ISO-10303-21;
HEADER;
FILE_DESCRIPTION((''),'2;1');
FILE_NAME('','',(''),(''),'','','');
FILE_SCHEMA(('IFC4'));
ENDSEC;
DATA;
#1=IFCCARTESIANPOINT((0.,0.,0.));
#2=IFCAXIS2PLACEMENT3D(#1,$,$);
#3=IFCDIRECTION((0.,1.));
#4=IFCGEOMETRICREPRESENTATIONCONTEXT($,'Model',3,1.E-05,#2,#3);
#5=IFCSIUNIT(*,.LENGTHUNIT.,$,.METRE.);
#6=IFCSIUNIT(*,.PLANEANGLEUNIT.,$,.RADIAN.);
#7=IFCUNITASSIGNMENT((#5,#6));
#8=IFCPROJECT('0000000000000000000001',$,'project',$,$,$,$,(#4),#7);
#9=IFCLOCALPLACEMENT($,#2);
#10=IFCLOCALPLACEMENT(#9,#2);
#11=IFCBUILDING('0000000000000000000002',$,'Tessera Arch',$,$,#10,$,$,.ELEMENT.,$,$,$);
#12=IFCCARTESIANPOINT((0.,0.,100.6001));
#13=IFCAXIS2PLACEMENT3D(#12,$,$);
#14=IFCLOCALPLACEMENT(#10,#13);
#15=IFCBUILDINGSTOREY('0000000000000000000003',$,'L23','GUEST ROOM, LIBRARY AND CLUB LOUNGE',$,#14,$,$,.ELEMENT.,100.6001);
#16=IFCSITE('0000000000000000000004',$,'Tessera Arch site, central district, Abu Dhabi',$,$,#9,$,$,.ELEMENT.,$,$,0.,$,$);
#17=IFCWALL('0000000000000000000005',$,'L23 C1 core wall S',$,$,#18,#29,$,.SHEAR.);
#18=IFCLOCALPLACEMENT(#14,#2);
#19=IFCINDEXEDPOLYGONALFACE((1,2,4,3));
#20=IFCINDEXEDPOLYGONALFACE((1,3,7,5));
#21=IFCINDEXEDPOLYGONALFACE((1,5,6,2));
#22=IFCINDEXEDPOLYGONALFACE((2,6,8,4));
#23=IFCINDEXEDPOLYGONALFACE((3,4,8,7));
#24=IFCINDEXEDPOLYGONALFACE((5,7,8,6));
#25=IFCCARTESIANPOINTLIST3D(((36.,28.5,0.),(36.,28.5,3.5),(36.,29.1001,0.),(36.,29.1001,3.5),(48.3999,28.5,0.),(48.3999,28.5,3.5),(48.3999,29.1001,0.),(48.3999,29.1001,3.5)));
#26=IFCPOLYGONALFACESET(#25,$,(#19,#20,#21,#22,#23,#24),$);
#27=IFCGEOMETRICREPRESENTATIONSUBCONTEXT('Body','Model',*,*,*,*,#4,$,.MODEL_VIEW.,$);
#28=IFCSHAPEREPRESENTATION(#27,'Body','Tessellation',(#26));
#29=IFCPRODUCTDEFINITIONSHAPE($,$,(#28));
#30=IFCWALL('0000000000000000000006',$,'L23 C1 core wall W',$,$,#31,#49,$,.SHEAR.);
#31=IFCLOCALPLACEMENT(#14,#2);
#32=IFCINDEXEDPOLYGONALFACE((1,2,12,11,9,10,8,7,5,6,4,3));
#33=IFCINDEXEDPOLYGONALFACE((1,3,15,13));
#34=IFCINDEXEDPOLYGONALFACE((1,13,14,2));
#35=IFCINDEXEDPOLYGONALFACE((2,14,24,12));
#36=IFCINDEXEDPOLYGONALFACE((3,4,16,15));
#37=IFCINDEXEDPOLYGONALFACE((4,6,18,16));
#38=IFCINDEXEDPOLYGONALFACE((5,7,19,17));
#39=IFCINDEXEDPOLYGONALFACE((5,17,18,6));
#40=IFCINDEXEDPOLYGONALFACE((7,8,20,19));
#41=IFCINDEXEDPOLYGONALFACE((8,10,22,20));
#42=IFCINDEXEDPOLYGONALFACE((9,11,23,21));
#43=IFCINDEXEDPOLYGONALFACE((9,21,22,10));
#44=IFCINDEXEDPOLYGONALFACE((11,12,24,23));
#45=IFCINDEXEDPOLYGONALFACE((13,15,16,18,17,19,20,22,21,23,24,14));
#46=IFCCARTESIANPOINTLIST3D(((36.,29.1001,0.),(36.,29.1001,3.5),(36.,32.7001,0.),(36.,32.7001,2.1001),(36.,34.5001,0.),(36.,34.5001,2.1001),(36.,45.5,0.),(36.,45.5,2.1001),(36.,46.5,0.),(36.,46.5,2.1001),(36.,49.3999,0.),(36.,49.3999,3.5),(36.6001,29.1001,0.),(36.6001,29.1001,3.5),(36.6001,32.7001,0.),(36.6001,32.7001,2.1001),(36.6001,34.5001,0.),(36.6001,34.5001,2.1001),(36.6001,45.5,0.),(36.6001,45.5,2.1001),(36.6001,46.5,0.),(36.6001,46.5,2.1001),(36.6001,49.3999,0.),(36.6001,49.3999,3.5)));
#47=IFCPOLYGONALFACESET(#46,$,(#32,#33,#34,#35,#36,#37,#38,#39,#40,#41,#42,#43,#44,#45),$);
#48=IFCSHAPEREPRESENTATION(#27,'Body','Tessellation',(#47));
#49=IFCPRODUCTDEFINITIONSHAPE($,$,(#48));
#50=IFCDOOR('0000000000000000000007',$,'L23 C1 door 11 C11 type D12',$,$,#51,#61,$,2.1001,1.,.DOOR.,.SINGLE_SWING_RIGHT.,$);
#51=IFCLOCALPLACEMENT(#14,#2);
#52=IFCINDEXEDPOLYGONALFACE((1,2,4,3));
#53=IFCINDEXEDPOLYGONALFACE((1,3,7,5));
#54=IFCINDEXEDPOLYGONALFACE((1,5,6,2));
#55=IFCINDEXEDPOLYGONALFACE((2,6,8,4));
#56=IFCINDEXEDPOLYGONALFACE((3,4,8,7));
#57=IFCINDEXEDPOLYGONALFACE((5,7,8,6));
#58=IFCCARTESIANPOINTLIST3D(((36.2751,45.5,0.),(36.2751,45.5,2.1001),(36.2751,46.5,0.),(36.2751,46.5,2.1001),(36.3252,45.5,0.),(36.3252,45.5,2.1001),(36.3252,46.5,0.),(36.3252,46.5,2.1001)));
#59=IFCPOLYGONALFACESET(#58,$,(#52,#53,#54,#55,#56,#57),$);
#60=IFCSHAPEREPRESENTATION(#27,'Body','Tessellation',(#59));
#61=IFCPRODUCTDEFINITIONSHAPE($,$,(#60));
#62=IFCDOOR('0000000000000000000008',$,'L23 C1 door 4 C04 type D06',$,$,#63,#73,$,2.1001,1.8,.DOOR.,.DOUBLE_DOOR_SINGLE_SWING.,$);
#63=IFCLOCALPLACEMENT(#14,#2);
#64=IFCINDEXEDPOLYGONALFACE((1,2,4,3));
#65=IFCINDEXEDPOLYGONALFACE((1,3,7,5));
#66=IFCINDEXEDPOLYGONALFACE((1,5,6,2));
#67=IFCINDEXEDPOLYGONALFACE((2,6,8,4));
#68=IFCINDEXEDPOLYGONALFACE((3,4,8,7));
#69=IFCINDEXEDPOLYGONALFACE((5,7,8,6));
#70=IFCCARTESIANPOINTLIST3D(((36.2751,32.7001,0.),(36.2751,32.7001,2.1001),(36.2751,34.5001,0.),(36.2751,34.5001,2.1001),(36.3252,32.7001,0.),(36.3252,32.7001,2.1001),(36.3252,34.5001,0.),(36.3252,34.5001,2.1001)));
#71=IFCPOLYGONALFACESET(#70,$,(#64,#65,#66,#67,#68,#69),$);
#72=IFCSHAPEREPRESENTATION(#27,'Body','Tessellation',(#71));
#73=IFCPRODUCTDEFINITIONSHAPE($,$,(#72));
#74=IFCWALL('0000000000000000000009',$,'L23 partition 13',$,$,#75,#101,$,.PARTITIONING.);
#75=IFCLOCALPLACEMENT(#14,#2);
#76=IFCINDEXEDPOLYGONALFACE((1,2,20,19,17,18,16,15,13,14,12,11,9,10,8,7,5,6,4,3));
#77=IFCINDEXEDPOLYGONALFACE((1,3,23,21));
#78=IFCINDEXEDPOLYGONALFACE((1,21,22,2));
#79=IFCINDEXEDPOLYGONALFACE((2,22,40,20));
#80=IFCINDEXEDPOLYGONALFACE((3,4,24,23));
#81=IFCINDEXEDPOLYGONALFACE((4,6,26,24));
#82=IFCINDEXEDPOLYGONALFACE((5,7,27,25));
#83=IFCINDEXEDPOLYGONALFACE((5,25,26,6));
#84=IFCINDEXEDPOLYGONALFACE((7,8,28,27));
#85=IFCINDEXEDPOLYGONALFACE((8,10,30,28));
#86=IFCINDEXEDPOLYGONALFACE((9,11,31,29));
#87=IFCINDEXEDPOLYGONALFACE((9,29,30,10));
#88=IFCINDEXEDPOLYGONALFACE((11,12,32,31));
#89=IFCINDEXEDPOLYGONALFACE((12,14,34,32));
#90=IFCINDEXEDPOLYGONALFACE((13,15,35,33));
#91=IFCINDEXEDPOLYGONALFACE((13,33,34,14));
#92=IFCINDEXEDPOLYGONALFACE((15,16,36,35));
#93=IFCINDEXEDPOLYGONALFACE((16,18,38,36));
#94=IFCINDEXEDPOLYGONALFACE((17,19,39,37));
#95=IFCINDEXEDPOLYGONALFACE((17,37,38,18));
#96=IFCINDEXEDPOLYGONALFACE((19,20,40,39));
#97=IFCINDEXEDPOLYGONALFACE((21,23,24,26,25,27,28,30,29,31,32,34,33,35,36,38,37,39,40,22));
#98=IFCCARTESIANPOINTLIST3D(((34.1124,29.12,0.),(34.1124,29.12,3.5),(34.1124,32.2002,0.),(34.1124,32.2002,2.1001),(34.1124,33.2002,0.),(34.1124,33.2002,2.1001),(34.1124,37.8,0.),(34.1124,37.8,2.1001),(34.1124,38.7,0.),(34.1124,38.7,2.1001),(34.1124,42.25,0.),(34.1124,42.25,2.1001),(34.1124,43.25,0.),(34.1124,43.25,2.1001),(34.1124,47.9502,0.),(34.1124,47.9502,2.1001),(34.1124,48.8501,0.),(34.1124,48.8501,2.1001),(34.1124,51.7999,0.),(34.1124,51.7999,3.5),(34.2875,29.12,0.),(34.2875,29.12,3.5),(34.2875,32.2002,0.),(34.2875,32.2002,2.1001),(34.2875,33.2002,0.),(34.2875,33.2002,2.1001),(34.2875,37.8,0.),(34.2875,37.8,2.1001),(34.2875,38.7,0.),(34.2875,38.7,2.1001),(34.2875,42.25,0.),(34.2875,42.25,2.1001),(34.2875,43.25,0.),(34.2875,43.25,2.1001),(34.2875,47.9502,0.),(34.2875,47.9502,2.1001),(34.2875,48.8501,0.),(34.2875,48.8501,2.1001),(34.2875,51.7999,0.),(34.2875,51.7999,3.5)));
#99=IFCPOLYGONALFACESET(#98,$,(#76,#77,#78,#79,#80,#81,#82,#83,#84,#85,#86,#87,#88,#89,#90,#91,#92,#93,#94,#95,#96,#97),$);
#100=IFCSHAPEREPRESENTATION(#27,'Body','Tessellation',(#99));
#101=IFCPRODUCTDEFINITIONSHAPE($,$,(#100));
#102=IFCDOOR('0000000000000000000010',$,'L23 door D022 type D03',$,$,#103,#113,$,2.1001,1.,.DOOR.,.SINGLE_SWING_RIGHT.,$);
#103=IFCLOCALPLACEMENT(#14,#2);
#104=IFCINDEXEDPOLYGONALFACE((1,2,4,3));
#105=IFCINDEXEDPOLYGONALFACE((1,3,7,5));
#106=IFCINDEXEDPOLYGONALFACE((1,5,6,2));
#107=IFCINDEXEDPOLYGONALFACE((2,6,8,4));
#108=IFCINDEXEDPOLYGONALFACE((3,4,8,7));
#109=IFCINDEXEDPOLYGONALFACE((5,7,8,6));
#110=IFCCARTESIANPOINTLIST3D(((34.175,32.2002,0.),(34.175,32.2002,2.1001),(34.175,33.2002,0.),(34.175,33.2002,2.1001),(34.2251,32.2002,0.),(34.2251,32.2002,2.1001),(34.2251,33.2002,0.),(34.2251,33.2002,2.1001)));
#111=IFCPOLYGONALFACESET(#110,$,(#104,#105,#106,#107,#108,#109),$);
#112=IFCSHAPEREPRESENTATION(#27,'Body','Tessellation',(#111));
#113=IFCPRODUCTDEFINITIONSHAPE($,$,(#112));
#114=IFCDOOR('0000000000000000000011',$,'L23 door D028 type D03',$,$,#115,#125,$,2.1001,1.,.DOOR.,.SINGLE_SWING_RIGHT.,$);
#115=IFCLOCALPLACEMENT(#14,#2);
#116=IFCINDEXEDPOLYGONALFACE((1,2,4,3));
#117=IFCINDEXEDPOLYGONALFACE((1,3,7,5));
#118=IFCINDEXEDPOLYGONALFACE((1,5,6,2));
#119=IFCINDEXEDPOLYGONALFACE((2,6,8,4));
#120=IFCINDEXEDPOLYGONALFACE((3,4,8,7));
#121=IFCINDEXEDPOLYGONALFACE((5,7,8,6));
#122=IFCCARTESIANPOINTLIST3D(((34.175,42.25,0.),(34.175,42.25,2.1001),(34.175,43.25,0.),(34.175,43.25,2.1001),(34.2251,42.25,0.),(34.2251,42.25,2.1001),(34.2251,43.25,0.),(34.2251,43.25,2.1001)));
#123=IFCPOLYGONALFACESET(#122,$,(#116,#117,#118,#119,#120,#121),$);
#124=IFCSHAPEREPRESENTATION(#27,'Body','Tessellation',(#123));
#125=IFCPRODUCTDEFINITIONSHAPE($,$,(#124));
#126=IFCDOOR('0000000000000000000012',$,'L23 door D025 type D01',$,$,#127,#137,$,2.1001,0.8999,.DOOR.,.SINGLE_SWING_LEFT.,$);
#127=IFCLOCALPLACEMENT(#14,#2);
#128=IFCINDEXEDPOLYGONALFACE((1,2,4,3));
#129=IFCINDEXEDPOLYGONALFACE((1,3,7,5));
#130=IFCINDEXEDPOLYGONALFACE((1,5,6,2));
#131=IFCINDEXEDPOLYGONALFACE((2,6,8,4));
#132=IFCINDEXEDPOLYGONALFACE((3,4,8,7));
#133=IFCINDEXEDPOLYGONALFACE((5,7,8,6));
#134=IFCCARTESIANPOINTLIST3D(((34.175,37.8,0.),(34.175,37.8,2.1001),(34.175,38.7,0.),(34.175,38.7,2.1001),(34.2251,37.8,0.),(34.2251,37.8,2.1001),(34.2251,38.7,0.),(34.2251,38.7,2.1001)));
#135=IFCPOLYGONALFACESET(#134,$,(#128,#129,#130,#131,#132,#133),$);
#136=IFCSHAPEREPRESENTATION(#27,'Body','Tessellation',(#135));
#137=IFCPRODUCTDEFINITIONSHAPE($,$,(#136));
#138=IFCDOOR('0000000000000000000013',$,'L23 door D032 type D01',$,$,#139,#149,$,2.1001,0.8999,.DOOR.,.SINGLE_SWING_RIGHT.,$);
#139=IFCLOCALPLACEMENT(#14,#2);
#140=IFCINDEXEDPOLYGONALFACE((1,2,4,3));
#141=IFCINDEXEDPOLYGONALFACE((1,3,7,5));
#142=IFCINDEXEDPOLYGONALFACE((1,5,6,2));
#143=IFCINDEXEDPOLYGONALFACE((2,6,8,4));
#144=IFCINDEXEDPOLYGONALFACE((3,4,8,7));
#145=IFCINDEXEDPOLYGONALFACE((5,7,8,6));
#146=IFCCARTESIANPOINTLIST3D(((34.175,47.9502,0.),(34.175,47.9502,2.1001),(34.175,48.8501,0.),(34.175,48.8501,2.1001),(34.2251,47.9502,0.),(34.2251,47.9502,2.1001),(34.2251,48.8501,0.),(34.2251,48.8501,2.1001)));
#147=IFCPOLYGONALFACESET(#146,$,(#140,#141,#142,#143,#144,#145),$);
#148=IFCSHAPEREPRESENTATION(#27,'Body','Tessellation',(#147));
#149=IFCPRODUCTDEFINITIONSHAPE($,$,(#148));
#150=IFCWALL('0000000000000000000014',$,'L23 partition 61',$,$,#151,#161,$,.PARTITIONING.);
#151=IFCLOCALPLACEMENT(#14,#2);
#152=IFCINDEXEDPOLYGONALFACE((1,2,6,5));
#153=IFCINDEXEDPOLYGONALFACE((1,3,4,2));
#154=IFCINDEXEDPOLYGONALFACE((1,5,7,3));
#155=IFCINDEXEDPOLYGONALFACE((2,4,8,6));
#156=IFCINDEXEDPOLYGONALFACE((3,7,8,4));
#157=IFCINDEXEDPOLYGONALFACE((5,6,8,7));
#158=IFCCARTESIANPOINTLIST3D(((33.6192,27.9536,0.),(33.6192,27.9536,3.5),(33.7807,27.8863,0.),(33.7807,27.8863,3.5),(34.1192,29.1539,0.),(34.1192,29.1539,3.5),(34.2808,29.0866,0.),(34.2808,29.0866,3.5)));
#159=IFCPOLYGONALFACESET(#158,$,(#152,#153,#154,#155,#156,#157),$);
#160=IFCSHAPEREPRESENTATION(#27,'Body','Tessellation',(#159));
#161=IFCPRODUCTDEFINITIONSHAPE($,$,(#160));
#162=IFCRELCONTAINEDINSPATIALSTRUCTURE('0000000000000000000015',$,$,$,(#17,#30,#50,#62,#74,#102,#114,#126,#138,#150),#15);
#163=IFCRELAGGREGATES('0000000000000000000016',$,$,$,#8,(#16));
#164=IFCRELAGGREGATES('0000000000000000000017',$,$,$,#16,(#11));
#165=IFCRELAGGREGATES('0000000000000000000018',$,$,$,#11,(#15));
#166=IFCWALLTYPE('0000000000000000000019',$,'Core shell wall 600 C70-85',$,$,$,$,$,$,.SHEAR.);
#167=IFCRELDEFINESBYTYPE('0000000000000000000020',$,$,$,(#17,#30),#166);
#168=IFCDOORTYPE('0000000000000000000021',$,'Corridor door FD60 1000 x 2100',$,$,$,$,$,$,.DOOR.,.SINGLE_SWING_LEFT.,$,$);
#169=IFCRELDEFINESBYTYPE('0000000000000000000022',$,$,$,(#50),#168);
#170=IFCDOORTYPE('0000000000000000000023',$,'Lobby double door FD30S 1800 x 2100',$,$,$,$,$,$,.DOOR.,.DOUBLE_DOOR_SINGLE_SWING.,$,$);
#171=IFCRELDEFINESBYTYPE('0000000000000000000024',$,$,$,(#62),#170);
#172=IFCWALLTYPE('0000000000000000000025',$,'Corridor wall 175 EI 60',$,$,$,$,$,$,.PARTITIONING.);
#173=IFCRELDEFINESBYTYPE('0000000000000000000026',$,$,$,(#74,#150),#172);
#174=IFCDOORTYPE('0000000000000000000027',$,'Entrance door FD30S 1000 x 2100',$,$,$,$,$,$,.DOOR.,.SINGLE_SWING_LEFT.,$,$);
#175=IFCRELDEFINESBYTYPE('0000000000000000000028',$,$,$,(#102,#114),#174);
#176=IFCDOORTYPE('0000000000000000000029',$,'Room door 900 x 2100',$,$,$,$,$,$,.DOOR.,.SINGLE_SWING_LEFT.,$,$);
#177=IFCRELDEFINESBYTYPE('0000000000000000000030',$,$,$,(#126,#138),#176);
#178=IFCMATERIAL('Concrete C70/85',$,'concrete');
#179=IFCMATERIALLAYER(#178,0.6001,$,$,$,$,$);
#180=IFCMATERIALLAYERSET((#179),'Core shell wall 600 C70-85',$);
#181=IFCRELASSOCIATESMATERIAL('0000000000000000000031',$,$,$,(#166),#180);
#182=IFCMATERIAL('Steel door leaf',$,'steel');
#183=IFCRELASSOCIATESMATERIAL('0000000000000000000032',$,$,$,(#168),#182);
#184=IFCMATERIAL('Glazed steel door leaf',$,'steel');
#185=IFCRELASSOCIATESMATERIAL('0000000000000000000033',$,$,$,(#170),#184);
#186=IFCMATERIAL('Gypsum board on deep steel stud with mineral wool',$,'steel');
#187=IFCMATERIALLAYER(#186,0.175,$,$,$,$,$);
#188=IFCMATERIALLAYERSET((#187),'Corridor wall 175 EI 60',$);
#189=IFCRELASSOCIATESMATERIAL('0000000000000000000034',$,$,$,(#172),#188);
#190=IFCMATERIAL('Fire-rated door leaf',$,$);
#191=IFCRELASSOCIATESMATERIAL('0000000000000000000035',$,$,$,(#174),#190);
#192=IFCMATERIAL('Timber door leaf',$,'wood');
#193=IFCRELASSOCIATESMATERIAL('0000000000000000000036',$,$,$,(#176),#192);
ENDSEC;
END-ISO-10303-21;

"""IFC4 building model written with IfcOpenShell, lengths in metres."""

from ifc_helpers import new_model, si_unit, direction, frame, frame_2d, origin, place, context, subcontext, project, spatial, rectangle, extrude, material, layer, layer_set, type_object, element, fill, save


model = new_model("IFC4")

# Units and contexts
model_context = context("Model", 3, precision=1e-05, world=origin(), true_north=direction((0.0, 1.0)))
body_context = subcontext(model_context, "Body", "Model", "MODEL_VIEW")
ifc_project = project(units=[si_unit("LENGTHUNIT", "METRE"), si_unit("PLANEANGLEUNIT", "RADIAN")], contexts=[model_context])

# Site, building, storey
site_placement = place(None, origin())
site = spatial("IfcSite", under=ifc_project, at=site_placement, Name="Tessera Arch site, central district, Abu Dhabi", CompositionType="ELEMENT", RefElevation=0.0)
building_placement = place(site_placement, origin())
building = spatial("IfcBuilding", under=site, at=building_placement, Name="Tessera Arch", CompositionType="ELEMENT")
storey_placement = place(building_placement, frame((0.0, 0.0, 100.6001)))
storey = spatial("IfcBuildingStorey", under=building, at=storey_placement, Name="L23", Description="GUEST ROOM, LIBRARY AND CLUB LOUNGE", CompositionType="ELEMENT", Elevation=100.6001)

# Wall
ifc_material_1 = material(Name="Concrete C70/85", Category="concrete")
ifc_layer_1 = layer(ifc_material_1, 0.6001)
ifc_layer_set_1 = layer_set([ifc_layer_1], Name="Core shell wall 600 C70-85")
wall_type_1 = type_object("IfcWallType", Name="Core shell wall 600 C70-85", PredefinedType="SHEAR", material=ifc_layer_set_1)
wall_1_placement = place(storey_placement, frame((36.0, 28.8, 0.0), z_axis=(0.0, 0.0, 1.0), x_axis=(1.0, 0.0, 0.0)))
element("IfcWall", 1, at=wall_1_placement, inside=storey, type_object=wall_type_1, Name="L23 C1 core wall S", PredefinedType="SHEAR", context=body_context, shape_type="SweptSolid", body=[
    extrude(rectangle(XDim=12.3999, YDim=0.6001, at=frame_2d((6.2, 0.0))), origin(), (0.0, 0.0, 1.0), 3.5),
])

# Walls, openings, doors
wall_2_placement = place(storey_placement, frame((36.3, 29.1001, 0.0), z_axis=(0.0, 0.0, 1.0), x_axis=(0.0, 1.0, 0.0)))
wall_2 = element("IfcWall", 2, at=wall_2_placement, inside=storey, type_object=wall_type_1, Name="L23 C1 core wall W", PredefinedType="SHEAR", context=body_context, shape_type="SweptSolid", body=[
    extrude(rectangle(XDim=20.2998, YDim=0.6001, at=frame_2d((10.1499, 0.0))), origin(), (0.0, 0.0, 1.0), 3.5),
])
opening_1_placement = place(wall_2_placement, frame((3.6001, 0.0, 0.0)))
opening_1 = element("IfcOpeningElement", 3, at=opening_1_placement, cuts=wall_2, PredefinedType="OPENING", context=body_context, shape_type="SweptSolid", body=[
    extrude(rectangle(XDim=1.8, YDim=2.1001, at=frame_2d((0.8999, 1.05))), frame((0.0, 0.3101, 0.0), z_axis=(0.0, -1.0, 0.0), x_axis=(1.0, 0.0, 0.0)), (0.0, 0.0, 1.0), 0.6201),
])
opening_2_placement = place(wall_2_placement, frame((16.3999, 0.0, 0.0)))
opening_2 = element("IfcOpeningElement", 4, at=opening_2_placement, cuts=wall_2, PredefinedType="OPENING", context=body_context, shape_type="SweptSolid", body=[
    extrude(rectangle(XDim=1.0, YDim=2.1001, at=frame_2d((0.5, 1.05))), frame((0.0, 0.3101, 0.0), z_axis=(0.0, -1.0, 0.0), x_axis=(1.0, 0.0, 0.0)), (0.0, 0.0, 1.0), 0.6201),
])
ifc_material_2 = material(Name="Steel door leaf", Category="steel")
door_type_1 = type_object("IfcDoorType", Name="Corridor door FD60 1000 x 2100", OperationType="SINGLE_SWING_LEFT", PredefinedType="DOOR", material=ifc_material_2)
door_1_placement = place(opening_2_placement, origin())
door_1 = element("IfcDoor", 5, at=door_1_placement, inside=storey, type_object=door_type_1, Name="L23 C1 door 11 C11 type D12", OperationType="SINGLE_SWING_RIGHT", OverallHeight=2.1001, OverallWidth=1.0, PredefinedType="DOOR", context=body_context, shape_type="SweptSolid", body=[
    extrude(rectangle(XDim=1.0, YDim=2.1001, at=frame_2d((0.5, 1.05))), frame((0.0, 0.0249, 0.0), z_axis=(0.0, -1.0, 0.0), x_axis=(1.0, 0.0, 0.0)), (0.0, 0.0, 1.0), 0.05),
])
fill(opening_2, door_1)
ifc_material_3 = material(Name="Glazed steel door leaf", Category="steel")
door_type_2 = type_object("IfcDoorType", Name="Lobby double door FD30S 1800 x 2100", OperationType="DOUBLE_DOOR_SINGLE_SWING", PredefinedType="DOOR", material=ifc_material_3)
door_2_placement = place(opening_1_placement, origin())
door_2 = element("IfcDoor", 6, at=door_2_placement, inside=storey, type_object=door_type_2, Name="L23 C1 door 4 C04 type D06", OperationType="DOUBLE_DOOR_SINGLE_SWING", OverallHeight=2.1001, OverallWidth=1.8, PredefinedType="DOOR", context=body_context, shape_type="SweptSolid", body=[
    extrude(rectangle(XDim=1.8, YDim=2.1001, at=frame_2d((0.8999, 1.05))), frame((0.0, 0.0249, 0.0), z_axis=(0.0, -1.0, 0.0), x_axis=(1.0, 0.0, 0.0)), (0.0, 0.0, 1.0), 0.05),
])
fill(opening_1, door_2)
ifc_material_4 = material(Name="Gypsum board on deep steel stud with mineral wool", Category="steel")
ifc_layer_2 = layer(ifc_material_4, 0.175)
ifc_layer_set_2 = layer_set([ifc_layer_2], Name="Corridor wall 175 EI 60")
wall_type_2 = type_object("IfcWallType", Name="Corridor wall 175 EI 60", PredefinedType="PARTITIONING", material=ifc_layer_set_2)
wall_3_placement = place(storey_placement, frame((34.2, 29.1201, 0.0), z_axis=(0.0, 0.0, 1.0), x_axis=(0.0, 1.0, 0.0)))
wall_3 = element("IfcWall", 7, at=wall_3_placement, inside=storey, type_object=wall_type_2, Name="L23 partition 13", PredefinedType="PARTITIONING", context=body_context, shape_type="SweptSolid", body=[
    extrude(rectangle(XDim=22.6799, YDim=0.175, at=frame_2d((11.3398, 0.0))), origin(), (0.0, 0.0, 1.0), 3.5),
])
opening_3_placement = place(wall_3_placement, frame((3.0801, 0.0, 0.0)))
opening_3 = element("IfcOpeningElement", 8, at=opening_3_placement, cuts=wall_3, PredefinedType="OPENING", context=body_context, shape_type="SweptSolid", body=[
    extrude(rectangle(XDim=1.0, YDim=2.1001, at=frame_2d((0.5, 1.05))), frame((0.0, 0.0974, 0.0), z_axis=(0.0, -1.0, 0.0), x_axis=(1.0, 0.0, 0.0)), (0.0, 0.0, 1.0), 0.1951),
])
opening_4_placement = place(wall_3_placement, frame((8.6799, 0.0, 0.0)))
opening_4 = element("IfcOpeningElement", 9, at=opening_4_placement, cuts=wall_3, PredefinedType="OPENING", context=body_context, shape_type="SweptSolid", body=[
    extrude(rectangle(XDim=0.8999, YDim=2.1001, at=frame_2d((0.45, 1.05))), frame((0.0, 0.0974, 0.0), z_axis=(0.0, -1.0, 0.0), x_axis=(1.0, 0.0, 0.0)), (0.0, 0.0, 1.0), 0.1951),
])
opening_5_placement = place(wall_3_placement, frame((13.1299, 0.0, 0.0)))
opening_5 = element("IfcOpeningElement", 10, at=opening_5_placement, cuts=wall_3, PredefinedType="OPENING", context=body_context, shape_type="SweptSolid", body=[
    extrude(rectangle(XDim=1.0, YDim=2.1001, at=frame_2d((0.5, 1.05))), frame((0.0, 0.0974, 0.0), z_axis=(0.0, -1.0, 0.0), x_axis=(1.0, 0.0, 0.0)), (0.0, 0.0, 1.0), 0.1951),
])
opening_6_placement = place(wall_3_placement, frame((18.8301, 0.0, 0.0)))
opening_6 = element("IfcOpeningElement", 11, at=opening_6_placement, cuts=wall_3, PredefinedType="OPENING", context=body_context, shape_type="SweptSolid", body=[
    extrude(rectangle(XDim=0.8999, YDim=2.1001, at=frame_2d((0.45, 1.05))), frame((0.0, 0.0974, 0.0), z_axis=(0.0, -1.0, 0.0), x_axis=(1.0, 0.0, 0.0)), (0.0, 0.0, 1.0), 0.1951),
])
ifc_material_5 = material(Name="Fire-rated door leaf")
door_type_3 = type_object("IfcDoorType", Name="Entrance door FD30S 1000 x 2100", OperationType="SINGLE_SWING_LEFT", PredefinedType="DOOR", material=ifc_material_5)
door_3_placement = place(opening_3_placement, origin())
door_3 = element("IfcDoor", 12, at=door_3_placement, inside=storey, type_object=door_type_3, Name="L23 door D022 type D03", OperationType="SINGLE_SWING_RIGHT", OverallHeight=2.1001, OverallWidth=1.0, PredefinedType="DOOR", context=body_context, shape_type="SweptSolid", body=[
    extrude(rectangle(XDim=1.0, YDim=2.1001, at=frame_2d((0.5, 1.05))), frame((0.0, 0.0249, 0.0), z_axis=(0.0, -1.0, 0.0), x_axis=(1.0, 0.0, 0.0)), (0.0, 0.0, 1.0), 0.05),
])
fill(opening_3, door_3)
door_4_placement = place(opening_5_placement, origin())
door_4 = element("IfcDoor", 13, at=door_4_placement, inside=storey, type_object=door_type_3, Name="L23 door D028 type D03", OperationType="SINGLE_SWING_RIGHT", OverallHeight=2.1001, OverallWidth=1.0, PredefinedType="DOOR", context=body_context, shape_type="SweptSolid", body=[
    extrude(rectangle(XDim=1.0, YDim=2.1001, at=frame_2d((0.5, 1.05))), frame((0.0, 0.0249, 0.0), z_axis=(0.0, -1.0, 0.0), x_axis=(1.0, 0.0, 0.0)), (0.0, 0.0, 1.0), 0.05),
])
fill(opening_5, door_4)
ifc_material_6 = material(Name="Timber door leaf", Category="wood")
door_type_4 = type_object("IfcDoorType", Name="Room door 900 x 2100", OperationType="SINGLE_SWING_LEFT", PredefinedType="DOOR", material=ifc_material_6)
door_5_placement = place(opening_4_placement, origin())
door_5 = element("IfcDoor", 14, at=door_5_placement, inside=storey, type_object=door_type_4, Name="L23 door D025 type D01", OperationType="SINGLE_SWING_LEFT", OverallHeight=2.1001, OverallWidth=0.8999, PredefinedType="DOOR", context=body_context, shape_type="SweptSolid", body=[
    extrude(rectangle(XDim=0.8999, YDim=2.1001, at=frame_2d((0.45, 1.05))), frame((0.0, 0.0249, 0.0), z_axis=(0.0, -1.0, 0.0), x_axis=(1.0, 0.0, 0.0)), (0.0, 0.0, 1.0), 0.05),
])
fill(opening_4, door_5)
door_6_placement = place(opening_6_placement, origin())
door_6 = element("IfcDoor", 15, at=door_6_placement, inside=storey, type_object=door_type_4, Name="L23 door D032 type D01", OperationType="SINGLE_SWING_RIGHT", OverallHeight=2.1001, OverallWidth=0.8999, PredefinedType="DOOR", context=body_context, shape_type="SweptSolid", body=[
    extrude(rectangle(XDim=0.8999, YDim=2.1001, at=frame_2d((0.45, 1.05))), frame((0.0, 0.0249, 0.0), z_axis=(0.0, -1.0, 0.0), x_axis=(1.0, 0.0, 0.0)), (0.0, 0.0, 1.0), 0.05),
])
fill(opening_6, door_6)

# Wall
wall_4_placement = place(storey_placement, frame((33.7, 27.9199, 0.0), z_axis=(0.0, 0.0, 1.0), x_axis=(0.384562, 0.923099, 0.0)))
element("IfcWall", 16, at=wall_4_placement, inside=storey, type_object=wall_type_2, Name="L23 partition 61", PredefinedType="PARTITIONING", context=body_context, shape_type="SweptSolid", body=[
    extrude(rectangle(XDim=1.3003, YDim=0.175, at=frame_2d((0.6501, 0.0))), origin(), (0.0, 0.0, 1.0), 3.5),
])

save(model, "model.ifc")
